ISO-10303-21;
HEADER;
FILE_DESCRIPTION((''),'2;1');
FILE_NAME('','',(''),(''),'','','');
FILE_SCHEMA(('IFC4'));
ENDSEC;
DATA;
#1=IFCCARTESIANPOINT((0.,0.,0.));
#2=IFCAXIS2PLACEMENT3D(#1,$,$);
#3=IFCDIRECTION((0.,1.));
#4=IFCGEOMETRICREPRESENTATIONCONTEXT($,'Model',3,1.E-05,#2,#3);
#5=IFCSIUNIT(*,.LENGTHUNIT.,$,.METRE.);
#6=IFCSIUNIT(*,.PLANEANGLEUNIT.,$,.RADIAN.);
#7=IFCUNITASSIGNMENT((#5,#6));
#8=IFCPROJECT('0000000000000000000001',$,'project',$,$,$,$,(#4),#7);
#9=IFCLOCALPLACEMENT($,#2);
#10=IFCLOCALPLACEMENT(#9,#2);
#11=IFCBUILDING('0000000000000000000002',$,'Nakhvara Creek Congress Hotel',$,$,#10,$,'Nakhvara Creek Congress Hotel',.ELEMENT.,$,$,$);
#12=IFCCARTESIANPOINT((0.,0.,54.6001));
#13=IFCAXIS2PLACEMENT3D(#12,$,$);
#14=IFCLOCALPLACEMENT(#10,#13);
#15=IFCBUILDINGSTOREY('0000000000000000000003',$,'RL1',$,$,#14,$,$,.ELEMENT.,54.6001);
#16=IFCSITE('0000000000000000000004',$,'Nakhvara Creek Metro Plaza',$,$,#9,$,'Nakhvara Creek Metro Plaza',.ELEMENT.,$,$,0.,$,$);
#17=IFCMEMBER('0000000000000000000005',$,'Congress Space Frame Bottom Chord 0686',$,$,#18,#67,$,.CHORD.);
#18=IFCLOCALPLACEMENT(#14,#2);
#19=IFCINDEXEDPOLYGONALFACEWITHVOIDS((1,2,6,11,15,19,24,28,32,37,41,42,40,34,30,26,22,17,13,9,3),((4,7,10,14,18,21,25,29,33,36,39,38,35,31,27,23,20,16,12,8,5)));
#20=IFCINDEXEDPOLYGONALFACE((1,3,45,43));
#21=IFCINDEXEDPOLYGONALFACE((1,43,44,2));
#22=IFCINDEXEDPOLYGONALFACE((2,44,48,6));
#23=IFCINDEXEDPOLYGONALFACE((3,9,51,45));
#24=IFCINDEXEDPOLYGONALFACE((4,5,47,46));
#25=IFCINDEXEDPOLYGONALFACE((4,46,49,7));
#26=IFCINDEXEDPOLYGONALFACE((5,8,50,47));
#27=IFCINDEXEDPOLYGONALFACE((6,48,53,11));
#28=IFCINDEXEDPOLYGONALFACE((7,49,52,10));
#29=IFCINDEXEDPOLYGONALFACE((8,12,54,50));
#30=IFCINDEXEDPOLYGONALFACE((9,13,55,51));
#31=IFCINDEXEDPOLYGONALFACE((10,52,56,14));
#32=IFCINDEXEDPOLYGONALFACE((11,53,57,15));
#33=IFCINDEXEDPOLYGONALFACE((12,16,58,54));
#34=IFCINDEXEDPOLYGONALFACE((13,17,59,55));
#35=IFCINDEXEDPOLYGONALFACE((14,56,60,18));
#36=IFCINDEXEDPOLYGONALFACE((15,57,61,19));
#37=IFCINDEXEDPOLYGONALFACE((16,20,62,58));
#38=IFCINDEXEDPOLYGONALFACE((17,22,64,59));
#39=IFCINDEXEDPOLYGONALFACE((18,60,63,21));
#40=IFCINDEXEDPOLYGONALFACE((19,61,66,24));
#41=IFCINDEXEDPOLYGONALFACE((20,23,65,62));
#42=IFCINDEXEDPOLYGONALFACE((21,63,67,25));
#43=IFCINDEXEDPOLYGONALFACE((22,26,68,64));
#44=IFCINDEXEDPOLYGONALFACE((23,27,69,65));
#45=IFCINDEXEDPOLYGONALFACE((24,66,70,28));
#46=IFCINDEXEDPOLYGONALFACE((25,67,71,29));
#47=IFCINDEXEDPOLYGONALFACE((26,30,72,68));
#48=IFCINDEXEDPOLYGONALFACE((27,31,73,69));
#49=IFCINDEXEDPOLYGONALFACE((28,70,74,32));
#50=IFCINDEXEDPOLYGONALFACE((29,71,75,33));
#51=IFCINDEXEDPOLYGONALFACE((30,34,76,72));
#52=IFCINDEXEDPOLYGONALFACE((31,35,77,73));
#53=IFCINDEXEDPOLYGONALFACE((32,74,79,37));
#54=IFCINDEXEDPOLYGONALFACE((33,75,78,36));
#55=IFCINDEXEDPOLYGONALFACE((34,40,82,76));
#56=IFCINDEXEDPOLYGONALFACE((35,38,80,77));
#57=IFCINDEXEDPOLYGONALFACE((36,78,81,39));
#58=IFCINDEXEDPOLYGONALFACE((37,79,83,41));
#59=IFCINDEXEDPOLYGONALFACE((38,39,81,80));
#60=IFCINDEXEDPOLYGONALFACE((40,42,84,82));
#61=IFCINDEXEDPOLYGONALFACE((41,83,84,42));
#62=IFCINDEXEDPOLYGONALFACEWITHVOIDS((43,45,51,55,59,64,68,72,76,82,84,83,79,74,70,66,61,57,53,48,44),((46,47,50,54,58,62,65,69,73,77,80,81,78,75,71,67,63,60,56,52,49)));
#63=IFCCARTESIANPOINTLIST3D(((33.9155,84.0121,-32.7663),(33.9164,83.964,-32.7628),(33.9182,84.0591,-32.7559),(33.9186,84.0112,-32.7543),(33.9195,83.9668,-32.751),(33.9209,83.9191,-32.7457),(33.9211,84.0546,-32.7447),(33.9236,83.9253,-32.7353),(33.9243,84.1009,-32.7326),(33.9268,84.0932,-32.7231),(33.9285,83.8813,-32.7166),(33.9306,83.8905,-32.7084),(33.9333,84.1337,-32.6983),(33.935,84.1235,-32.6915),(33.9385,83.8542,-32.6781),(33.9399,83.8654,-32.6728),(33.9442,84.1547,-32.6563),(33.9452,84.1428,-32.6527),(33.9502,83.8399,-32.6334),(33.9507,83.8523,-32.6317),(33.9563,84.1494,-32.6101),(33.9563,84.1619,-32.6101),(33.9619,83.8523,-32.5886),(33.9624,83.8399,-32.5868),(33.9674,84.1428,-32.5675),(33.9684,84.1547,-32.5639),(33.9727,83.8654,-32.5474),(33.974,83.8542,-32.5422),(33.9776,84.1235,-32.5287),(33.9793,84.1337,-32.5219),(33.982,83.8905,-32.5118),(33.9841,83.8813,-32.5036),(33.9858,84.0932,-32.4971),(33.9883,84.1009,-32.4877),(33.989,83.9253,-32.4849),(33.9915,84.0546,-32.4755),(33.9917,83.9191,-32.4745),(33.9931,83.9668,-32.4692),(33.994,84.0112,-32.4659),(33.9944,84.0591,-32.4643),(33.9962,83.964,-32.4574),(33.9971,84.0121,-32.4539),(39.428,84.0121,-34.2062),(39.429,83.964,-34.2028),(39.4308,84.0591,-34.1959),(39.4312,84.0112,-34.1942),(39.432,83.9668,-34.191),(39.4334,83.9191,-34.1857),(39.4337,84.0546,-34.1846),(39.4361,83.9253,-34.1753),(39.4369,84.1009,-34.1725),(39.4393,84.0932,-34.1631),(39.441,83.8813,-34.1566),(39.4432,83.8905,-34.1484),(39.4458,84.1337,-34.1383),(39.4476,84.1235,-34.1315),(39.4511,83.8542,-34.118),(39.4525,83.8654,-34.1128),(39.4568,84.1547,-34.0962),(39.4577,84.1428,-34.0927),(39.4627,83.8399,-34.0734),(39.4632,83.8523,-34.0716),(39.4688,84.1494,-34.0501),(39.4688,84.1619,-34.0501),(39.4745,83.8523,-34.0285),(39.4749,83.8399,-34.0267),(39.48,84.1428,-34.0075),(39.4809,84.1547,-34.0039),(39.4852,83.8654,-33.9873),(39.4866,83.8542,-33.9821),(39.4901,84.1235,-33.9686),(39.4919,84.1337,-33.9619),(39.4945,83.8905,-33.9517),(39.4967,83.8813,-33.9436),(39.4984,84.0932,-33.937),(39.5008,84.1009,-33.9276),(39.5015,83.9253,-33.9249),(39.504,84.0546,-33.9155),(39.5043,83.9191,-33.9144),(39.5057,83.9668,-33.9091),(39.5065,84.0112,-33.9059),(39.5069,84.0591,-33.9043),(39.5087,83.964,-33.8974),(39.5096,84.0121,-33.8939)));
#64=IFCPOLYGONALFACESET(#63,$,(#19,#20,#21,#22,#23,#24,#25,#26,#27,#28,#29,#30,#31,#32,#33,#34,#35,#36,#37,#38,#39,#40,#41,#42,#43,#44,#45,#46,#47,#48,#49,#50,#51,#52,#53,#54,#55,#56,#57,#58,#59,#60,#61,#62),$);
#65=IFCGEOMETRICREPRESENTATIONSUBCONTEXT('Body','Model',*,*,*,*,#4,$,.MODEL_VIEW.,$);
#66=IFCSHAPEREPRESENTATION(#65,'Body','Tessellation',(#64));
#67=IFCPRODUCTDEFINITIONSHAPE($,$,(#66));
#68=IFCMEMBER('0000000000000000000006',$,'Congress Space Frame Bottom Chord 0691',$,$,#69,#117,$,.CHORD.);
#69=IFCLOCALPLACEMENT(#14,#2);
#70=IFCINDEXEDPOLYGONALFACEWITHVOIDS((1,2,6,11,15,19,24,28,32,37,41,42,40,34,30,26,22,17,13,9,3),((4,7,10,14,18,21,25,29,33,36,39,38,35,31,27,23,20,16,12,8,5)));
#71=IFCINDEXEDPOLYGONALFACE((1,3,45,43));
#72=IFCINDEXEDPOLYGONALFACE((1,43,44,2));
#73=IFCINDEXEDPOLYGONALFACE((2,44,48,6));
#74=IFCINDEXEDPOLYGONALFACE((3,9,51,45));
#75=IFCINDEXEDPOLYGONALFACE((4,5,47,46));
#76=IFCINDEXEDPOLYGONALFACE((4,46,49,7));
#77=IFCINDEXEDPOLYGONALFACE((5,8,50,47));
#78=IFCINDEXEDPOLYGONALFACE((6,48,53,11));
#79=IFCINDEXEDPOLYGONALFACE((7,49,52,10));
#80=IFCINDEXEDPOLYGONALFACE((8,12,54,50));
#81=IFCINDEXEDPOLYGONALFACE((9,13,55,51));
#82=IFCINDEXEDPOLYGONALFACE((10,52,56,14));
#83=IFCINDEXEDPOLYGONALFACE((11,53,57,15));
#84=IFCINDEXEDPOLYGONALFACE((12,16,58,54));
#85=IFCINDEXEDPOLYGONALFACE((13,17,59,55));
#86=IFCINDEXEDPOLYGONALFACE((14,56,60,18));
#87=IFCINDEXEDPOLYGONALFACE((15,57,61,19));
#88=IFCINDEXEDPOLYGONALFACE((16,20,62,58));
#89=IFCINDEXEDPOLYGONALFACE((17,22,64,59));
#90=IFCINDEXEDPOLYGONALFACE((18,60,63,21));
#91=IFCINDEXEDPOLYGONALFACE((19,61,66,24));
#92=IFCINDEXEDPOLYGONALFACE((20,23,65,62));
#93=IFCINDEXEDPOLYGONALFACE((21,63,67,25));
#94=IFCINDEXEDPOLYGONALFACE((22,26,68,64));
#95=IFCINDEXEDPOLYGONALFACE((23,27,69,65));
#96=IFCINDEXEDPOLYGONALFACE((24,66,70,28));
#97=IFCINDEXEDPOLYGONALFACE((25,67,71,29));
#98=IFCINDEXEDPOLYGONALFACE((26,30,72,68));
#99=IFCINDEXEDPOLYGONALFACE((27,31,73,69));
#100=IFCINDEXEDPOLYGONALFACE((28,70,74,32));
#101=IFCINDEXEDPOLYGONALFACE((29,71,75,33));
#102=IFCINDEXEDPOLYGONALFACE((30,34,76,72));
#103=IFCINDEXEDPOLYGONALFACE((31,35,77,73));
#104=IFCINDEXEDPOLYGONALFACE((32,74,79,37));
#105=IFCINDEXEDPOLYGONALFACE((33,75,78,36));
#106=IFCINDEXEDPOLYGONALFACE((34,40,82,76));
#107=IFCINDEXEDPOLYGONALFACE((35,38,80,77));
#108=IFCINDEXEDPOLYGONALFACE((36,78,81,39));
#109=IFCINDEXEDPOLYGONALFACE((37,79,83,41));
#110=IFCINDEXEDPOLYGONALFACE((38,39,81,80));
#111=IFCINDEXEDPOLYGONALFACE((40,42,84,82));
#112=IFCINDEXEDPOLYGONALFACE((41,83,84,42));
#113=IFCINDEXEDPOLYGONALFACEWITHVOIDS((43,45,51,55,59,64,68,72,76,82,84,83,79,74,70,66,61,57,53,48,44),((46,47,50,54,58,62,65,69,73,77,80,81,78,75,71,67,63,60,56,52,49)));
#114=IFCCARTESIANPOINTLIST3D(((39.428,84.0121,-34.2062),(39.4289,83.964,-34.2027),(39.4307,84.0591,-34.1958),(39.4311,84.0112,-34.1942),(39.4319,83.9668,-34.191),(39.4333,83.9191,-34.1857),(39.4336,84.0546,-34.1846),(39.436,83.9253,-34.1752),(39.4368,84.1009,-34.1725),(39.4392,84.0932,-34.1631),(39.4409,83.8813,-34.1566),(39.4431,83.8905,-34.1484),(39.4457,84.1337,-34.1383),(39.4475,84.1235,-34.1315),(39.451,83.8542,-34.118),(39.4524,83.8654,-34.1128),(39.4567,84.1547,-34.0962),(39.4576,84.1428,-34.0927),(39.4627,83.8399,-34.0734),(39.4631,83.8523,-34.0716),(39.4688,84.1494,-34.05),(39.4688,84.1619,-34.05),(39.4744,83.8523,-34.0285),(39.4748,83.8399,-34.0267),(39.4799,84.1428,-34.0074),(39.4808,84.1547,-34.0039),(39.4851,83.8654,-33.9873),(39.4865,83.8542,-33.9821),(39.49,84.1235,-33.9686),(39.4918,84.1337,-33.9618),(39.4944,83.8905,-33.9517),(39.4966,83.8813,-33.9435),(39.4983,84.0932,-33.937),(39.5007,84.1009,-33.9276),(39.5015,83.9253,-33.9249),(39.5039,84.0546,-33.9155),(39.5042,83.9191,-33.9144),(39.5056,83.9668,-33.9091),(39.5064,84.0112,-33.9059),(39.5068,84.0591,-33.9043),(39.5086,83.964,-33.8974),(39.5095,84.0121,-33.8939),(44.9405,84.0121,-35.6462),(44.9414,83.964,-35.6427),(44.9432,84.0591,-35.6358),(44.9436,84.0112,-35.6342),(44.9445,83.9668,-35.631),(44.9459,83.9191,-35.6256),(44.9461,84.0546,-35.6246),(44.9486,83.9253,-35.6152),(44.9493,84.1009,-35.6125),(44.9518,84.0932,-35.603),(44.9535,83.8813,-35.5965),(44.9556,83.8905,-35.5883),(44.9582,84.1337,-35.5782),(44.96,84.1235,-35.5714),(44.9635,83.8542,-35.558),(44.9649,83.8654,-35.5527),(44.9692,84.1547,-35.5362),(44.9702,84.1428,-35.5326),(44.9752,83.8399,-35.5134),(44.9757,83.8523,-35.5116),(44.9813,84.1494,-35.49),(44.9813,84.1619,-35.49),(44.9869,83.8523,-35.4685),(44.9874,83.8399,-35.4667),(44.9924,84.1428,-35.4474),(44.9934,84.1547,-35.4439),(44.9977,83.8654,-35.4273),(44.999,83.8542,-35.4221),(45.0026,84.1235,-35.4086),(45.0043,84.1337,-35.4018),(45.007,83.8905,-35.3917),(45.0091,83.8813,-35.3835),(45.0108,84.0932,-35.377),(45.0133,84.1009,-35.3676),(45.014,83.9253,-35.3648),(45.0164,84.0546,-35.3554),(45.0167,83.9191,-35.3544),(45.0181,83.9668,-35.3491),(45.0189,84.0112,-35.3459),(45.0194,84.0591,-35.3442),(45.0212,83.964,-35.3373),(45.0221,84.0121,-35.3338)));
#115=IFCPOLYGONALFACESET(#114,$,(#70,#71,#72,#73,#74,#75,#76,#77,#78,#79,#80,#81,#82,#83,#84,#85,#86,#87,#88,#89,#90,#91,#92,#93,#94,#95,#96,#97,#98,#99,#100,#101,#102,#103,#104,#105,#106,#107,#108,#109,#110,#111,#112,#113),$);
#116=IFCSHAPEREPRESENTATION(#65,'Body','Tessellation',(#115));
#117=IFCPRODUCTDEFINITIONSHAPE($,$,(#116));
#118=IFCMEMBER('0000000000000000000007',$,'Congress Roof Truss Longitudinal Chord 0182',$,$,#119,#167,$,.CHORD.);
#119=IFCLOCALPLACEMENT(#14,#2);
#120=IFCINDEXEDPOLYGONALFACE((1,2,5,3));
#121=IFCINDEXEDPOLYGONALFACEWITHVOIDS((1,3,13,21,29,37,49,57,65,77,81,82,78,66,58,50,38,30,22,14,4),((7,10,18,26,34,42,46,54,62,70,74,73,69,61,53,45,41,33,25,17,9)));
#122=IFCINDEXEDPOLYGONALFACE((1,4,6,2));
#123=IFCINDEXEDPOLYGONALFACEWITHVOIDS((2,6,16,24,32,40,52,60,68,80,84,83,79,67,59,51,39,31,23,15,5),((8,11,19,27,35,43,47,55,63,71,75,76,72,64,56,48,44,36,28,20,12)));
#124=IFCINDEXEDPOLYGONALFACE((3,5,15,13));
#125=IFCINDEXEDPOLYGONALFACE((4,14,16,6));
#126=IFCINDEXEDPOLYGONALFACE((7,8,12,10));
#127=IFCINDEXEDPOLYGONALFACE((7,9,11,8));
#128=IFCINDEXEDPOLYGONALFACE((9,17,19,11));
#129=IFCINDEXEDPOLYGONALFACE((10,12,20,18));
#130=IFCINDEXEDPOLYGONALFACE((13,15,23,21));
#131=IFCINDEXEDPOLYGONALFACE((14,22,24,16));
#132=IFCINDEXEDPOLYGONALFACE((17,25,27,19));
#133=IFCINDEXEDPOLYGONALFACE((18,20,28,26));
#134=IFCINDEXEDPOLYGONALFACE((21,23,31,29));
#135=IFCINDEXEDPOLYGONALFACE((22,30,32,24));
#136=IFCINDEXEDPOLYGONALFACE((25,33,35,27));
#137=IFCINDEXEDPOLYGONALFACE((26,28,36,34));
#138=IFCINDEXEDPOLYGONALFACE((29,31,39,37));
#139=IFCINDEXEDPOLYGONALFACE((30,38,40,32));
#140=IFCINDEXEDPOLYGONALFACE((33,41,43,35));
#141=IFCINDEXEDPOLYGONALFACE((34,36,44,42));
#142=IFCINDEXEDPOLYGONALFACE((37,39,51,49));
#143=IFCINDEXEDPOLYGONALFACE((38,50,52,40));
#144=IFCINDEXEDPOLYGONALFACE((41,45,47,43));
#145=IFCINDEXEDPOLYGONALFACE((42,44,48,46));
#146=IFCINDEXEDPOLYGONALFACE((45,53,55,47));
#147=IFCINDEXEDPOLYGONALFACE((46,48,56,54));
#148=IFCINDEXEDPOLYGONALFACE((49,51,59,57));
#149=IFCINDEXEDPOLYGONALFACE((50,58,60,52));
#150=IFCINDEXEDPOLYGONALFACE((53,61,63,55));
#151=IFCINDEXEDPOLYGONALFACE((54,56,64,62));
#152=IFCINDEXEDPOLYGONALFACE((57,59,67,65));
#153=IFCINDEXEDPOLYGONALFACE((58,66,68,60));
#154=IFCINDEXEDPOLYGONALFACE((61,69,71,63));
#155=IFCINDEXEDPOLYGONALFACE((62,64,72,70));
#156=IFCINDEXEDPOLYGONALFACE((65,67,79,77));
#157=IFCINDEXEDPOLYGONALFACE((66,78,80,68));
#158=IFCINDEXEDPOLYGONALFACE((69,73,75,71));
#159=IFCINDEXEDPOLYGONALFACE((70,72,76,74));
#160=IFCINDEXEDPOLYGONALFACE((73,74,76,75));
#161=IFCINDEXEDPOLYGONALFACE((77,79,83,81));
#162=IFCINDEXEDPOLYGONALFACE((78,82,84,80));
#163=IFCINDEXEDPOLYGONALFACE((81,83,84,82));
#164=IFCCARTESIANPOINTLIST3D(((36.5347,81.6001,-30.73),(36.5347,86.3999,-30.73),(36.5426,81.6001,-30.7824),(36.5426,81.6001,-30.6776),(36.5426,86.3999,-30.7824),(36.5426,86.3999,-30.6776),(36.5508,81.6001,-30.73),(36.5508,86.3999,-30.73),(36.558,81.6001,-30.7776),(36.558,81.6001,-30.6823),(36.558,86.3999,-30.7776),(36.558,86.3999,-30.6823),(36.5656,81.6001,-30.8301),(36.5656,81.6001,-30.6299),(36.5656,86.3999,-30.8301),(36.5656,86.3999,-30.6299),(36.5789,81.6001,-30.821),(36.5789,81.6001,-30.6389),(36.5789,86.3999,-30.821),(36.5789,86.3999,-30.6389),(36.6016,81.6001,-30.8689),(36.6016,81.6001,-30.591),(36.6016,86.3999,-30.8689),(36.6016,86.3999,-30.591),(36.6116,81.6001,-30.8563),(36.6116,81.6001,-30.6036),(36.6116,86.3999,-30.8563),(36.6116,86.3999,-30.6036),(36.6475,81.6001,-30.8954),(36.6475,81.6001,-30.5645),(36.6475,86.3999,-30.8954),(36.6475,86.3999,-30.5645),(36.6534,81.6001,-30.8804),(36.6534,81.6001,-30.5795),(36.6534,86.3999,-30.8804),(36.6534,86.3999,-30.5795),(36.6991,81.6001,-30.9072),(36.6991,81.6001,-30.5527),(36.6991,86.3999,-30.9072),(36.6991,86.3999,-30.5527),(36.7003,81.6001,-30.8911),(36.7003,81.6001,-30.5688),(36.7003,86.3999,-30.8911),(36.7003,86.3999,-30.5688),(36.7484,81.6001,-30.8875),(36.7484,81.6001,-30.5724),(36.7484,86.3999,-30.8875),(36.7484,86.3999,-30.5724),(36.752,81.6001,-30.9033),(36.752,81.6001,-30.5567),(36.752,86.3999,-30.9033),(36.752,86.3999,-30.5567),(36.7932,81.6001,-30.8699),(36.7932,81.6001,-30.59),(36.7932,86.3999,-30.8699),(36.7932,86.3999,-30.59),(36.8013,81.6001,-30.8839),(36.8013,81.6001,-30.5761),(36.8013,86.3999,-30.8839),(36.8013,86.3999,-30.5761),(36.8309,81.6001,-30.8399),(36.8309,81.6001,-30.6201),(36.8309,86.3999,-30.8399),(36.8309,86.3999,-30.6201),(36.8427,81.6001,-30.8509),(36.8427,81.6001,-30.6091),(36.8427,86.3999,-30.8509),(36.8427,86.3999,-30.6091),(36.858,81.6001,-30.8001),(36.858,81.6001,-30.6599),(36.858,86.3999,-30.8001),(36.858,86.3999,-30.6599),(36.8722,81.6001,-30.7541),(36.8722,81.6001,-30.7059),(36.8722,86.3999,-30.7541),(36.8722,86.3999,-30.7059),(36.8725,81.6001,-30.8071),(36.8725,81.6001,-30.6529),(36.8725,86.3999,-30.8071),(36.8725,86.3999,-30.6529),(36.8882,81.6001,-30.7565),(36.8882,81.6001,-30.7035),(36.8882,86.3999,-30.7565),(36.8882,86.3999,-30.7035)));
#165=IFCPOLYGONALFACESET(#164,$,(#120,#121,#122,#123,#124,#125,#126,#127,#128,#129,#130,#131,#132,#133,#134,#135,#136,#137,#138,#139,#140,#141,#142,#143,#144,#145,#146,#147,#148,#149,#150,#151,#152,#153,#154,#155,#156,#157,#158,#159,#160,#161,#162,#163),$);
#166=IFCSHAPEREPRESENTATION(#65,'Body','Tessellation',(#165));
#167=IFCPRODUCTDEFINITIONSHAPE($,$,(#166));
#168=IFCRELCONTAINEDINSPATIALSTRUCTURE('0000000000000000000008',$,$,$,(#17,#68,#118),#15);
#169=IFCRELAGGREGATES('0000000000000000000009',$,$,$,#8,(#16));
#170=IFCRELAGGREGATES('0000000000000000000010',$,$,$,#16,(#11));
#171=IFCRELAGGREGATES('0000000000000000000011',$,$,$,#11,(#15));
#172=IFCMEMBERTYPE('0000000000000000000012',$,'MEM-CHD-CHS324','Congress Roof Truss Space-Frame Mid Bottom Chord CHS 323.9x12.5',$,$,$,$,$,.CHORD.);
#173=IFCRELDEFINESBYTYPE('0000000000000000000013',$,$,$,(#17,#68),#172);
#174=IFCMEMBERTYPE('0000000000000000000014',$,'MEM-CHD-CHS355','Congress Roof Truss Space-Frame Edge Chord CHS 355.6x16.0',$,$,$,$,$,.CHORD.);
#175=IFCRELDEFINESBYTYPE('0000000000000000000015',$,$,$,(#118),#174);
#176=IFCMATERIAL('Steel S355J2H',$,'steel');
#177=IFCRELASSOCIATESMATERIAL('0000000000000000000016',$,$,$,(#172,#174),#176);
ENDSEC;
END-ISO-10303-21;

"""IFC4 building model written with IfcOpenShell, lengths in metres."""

from ifc_helpers import new_model, si_unit, direction, frame, origin, origin_2d, place, context, subcontext, project, spatial, hollow_circle, extrude, material, material_profile, profile_set, type_object, element, save


model = new_model("IFC4")

# Units and contexts
model_context = context("Model", 3, precision=1e-05, world=origin(), true_north=direction((0.0, 1.0)))
body_context = subcontext(model_context, "Body", "Model", "MODEL_VIEW")
ifc_project = project(units=[si_unit("LENGTHUNIT", "METRE"), si_unit("PLANEANGLEUNIT", "RADIAN")], contexts=[model_context])

# Site, building, storey
site_placement = place(None, origin())
site = spatial("IfcSite", under=ifc_project, at=site_placement, Name="Nakhvara Creek Metro Plaza", LongName="Nakhvara Creek Metro Plaza", CompositionType="ELEMENT", RefElevation=0.0)
building_placement = place(site_placement, origin())
building = spatial("IfcBuilding", under=site, at=building_placement, Name="Nakhvara Creek Congress Hotel", LongName="Nakhvara Creek Congress Hotel", CompositionType="ELEMENT")
storey_placement = place(building_placement, frame((0.0, 0.0, 54.6001)))
storey = spatial("IfcBuildingStorey", under=building, at=storey_placement, Name="RL1", CompositionType="ELEMENT", Elevation=54.6001)

# Members
ifc_material_1 = material(Name="Steel S355J2H", Category="steel")
ifc_material_profile_1 = material_profile(ifc_material_1, hollow_circle(Radius=0.1619, WallThickness=0.0125, at=origin_2d()), Name="CHS 323.9x12.5", Category="LoadBearing")
ifc_profile_set_1 = profile_set([ifc_material_profile_1], Name="Steel S355J2H")
member_type_1 = type_object("IfcMemberType", Name="MEM-CHD-CHS324", Description="Congress Roof Truss Space-Frame Mid Bottom Chord CHS 323.9x12.5", PredefinedType="CHORD", material=ifc_profile_set_1)
for number, where, z_axis, x_axis, name in (
    (1, (33.9563, 84.0, -32.6101), (0.967535, 0.0, -0.252736), (0.0, 1.0, 0.0), "Congress Space Frame Bottom Chord 0686"),
    (2, (39.4688, 84.0, -34.05), (0.967535, 0.0, -0.252736), (0.0, 1.0, 0.0), "Congress Space Frame Bottom Chord 0691"),
):
    element("IfcMember", number, at=place(storey_placement, frame(where, z_axis=z_axis, x_axis=x_axis)), inside=storey, type_object=member_type_1, Name=name, PredefinedType="CHORD", context=body_context, shape_type="SweptSolid", body=[
        extrude(hollow_circle(Radius=0.1619, WallThickness=0.0125, at=origin_2d()), origin(), (0.0, 0.0, 1.0), 5.6975),
    ])
ifc_material_profile_2 = material_profile(ifc_material_1, hollow_circle(Radius=0.1777, WallThickness=0.0161, at=origin_2d()), Name="CHS 355.6x16.0", Category="LoadBearing")
ifc_profile_set_2 = profile_set([ifc_material_profile_2], Name="Steel S355J2H")
member_type_2 = type_object("IfcMemberType", Name="MEM-CHD-CHS355", Description="Congress Roof Truss Space-Frame Edge Chord CHS 355.6x16.0", PredefinedType="CHORD", material=ifc_profile_set_2)
member_1_placement = place(storey_placement, frame((36.7124, 81.6001, -30.73), z_axis=(0.0, 1.0, 0.0), x_axis=(-1.0, 0.0, 0.0)))
element("IfcMember", 3, at=member_1_placement, inside=storey, type_object=member_type_2, Name="Congress Roof Truss Longitudinal Chord 0182", PredefinedType="CHORD", context=body_context, shape_type="SweptSolid", body=[
    extrude(hollow_circle(Radius=0.1777, WallThickness=0.0161, at=origin_2d()), origin(), (0.0, 0.0, 1.0), 4.7998),
])

save(model, "model.ifc")
